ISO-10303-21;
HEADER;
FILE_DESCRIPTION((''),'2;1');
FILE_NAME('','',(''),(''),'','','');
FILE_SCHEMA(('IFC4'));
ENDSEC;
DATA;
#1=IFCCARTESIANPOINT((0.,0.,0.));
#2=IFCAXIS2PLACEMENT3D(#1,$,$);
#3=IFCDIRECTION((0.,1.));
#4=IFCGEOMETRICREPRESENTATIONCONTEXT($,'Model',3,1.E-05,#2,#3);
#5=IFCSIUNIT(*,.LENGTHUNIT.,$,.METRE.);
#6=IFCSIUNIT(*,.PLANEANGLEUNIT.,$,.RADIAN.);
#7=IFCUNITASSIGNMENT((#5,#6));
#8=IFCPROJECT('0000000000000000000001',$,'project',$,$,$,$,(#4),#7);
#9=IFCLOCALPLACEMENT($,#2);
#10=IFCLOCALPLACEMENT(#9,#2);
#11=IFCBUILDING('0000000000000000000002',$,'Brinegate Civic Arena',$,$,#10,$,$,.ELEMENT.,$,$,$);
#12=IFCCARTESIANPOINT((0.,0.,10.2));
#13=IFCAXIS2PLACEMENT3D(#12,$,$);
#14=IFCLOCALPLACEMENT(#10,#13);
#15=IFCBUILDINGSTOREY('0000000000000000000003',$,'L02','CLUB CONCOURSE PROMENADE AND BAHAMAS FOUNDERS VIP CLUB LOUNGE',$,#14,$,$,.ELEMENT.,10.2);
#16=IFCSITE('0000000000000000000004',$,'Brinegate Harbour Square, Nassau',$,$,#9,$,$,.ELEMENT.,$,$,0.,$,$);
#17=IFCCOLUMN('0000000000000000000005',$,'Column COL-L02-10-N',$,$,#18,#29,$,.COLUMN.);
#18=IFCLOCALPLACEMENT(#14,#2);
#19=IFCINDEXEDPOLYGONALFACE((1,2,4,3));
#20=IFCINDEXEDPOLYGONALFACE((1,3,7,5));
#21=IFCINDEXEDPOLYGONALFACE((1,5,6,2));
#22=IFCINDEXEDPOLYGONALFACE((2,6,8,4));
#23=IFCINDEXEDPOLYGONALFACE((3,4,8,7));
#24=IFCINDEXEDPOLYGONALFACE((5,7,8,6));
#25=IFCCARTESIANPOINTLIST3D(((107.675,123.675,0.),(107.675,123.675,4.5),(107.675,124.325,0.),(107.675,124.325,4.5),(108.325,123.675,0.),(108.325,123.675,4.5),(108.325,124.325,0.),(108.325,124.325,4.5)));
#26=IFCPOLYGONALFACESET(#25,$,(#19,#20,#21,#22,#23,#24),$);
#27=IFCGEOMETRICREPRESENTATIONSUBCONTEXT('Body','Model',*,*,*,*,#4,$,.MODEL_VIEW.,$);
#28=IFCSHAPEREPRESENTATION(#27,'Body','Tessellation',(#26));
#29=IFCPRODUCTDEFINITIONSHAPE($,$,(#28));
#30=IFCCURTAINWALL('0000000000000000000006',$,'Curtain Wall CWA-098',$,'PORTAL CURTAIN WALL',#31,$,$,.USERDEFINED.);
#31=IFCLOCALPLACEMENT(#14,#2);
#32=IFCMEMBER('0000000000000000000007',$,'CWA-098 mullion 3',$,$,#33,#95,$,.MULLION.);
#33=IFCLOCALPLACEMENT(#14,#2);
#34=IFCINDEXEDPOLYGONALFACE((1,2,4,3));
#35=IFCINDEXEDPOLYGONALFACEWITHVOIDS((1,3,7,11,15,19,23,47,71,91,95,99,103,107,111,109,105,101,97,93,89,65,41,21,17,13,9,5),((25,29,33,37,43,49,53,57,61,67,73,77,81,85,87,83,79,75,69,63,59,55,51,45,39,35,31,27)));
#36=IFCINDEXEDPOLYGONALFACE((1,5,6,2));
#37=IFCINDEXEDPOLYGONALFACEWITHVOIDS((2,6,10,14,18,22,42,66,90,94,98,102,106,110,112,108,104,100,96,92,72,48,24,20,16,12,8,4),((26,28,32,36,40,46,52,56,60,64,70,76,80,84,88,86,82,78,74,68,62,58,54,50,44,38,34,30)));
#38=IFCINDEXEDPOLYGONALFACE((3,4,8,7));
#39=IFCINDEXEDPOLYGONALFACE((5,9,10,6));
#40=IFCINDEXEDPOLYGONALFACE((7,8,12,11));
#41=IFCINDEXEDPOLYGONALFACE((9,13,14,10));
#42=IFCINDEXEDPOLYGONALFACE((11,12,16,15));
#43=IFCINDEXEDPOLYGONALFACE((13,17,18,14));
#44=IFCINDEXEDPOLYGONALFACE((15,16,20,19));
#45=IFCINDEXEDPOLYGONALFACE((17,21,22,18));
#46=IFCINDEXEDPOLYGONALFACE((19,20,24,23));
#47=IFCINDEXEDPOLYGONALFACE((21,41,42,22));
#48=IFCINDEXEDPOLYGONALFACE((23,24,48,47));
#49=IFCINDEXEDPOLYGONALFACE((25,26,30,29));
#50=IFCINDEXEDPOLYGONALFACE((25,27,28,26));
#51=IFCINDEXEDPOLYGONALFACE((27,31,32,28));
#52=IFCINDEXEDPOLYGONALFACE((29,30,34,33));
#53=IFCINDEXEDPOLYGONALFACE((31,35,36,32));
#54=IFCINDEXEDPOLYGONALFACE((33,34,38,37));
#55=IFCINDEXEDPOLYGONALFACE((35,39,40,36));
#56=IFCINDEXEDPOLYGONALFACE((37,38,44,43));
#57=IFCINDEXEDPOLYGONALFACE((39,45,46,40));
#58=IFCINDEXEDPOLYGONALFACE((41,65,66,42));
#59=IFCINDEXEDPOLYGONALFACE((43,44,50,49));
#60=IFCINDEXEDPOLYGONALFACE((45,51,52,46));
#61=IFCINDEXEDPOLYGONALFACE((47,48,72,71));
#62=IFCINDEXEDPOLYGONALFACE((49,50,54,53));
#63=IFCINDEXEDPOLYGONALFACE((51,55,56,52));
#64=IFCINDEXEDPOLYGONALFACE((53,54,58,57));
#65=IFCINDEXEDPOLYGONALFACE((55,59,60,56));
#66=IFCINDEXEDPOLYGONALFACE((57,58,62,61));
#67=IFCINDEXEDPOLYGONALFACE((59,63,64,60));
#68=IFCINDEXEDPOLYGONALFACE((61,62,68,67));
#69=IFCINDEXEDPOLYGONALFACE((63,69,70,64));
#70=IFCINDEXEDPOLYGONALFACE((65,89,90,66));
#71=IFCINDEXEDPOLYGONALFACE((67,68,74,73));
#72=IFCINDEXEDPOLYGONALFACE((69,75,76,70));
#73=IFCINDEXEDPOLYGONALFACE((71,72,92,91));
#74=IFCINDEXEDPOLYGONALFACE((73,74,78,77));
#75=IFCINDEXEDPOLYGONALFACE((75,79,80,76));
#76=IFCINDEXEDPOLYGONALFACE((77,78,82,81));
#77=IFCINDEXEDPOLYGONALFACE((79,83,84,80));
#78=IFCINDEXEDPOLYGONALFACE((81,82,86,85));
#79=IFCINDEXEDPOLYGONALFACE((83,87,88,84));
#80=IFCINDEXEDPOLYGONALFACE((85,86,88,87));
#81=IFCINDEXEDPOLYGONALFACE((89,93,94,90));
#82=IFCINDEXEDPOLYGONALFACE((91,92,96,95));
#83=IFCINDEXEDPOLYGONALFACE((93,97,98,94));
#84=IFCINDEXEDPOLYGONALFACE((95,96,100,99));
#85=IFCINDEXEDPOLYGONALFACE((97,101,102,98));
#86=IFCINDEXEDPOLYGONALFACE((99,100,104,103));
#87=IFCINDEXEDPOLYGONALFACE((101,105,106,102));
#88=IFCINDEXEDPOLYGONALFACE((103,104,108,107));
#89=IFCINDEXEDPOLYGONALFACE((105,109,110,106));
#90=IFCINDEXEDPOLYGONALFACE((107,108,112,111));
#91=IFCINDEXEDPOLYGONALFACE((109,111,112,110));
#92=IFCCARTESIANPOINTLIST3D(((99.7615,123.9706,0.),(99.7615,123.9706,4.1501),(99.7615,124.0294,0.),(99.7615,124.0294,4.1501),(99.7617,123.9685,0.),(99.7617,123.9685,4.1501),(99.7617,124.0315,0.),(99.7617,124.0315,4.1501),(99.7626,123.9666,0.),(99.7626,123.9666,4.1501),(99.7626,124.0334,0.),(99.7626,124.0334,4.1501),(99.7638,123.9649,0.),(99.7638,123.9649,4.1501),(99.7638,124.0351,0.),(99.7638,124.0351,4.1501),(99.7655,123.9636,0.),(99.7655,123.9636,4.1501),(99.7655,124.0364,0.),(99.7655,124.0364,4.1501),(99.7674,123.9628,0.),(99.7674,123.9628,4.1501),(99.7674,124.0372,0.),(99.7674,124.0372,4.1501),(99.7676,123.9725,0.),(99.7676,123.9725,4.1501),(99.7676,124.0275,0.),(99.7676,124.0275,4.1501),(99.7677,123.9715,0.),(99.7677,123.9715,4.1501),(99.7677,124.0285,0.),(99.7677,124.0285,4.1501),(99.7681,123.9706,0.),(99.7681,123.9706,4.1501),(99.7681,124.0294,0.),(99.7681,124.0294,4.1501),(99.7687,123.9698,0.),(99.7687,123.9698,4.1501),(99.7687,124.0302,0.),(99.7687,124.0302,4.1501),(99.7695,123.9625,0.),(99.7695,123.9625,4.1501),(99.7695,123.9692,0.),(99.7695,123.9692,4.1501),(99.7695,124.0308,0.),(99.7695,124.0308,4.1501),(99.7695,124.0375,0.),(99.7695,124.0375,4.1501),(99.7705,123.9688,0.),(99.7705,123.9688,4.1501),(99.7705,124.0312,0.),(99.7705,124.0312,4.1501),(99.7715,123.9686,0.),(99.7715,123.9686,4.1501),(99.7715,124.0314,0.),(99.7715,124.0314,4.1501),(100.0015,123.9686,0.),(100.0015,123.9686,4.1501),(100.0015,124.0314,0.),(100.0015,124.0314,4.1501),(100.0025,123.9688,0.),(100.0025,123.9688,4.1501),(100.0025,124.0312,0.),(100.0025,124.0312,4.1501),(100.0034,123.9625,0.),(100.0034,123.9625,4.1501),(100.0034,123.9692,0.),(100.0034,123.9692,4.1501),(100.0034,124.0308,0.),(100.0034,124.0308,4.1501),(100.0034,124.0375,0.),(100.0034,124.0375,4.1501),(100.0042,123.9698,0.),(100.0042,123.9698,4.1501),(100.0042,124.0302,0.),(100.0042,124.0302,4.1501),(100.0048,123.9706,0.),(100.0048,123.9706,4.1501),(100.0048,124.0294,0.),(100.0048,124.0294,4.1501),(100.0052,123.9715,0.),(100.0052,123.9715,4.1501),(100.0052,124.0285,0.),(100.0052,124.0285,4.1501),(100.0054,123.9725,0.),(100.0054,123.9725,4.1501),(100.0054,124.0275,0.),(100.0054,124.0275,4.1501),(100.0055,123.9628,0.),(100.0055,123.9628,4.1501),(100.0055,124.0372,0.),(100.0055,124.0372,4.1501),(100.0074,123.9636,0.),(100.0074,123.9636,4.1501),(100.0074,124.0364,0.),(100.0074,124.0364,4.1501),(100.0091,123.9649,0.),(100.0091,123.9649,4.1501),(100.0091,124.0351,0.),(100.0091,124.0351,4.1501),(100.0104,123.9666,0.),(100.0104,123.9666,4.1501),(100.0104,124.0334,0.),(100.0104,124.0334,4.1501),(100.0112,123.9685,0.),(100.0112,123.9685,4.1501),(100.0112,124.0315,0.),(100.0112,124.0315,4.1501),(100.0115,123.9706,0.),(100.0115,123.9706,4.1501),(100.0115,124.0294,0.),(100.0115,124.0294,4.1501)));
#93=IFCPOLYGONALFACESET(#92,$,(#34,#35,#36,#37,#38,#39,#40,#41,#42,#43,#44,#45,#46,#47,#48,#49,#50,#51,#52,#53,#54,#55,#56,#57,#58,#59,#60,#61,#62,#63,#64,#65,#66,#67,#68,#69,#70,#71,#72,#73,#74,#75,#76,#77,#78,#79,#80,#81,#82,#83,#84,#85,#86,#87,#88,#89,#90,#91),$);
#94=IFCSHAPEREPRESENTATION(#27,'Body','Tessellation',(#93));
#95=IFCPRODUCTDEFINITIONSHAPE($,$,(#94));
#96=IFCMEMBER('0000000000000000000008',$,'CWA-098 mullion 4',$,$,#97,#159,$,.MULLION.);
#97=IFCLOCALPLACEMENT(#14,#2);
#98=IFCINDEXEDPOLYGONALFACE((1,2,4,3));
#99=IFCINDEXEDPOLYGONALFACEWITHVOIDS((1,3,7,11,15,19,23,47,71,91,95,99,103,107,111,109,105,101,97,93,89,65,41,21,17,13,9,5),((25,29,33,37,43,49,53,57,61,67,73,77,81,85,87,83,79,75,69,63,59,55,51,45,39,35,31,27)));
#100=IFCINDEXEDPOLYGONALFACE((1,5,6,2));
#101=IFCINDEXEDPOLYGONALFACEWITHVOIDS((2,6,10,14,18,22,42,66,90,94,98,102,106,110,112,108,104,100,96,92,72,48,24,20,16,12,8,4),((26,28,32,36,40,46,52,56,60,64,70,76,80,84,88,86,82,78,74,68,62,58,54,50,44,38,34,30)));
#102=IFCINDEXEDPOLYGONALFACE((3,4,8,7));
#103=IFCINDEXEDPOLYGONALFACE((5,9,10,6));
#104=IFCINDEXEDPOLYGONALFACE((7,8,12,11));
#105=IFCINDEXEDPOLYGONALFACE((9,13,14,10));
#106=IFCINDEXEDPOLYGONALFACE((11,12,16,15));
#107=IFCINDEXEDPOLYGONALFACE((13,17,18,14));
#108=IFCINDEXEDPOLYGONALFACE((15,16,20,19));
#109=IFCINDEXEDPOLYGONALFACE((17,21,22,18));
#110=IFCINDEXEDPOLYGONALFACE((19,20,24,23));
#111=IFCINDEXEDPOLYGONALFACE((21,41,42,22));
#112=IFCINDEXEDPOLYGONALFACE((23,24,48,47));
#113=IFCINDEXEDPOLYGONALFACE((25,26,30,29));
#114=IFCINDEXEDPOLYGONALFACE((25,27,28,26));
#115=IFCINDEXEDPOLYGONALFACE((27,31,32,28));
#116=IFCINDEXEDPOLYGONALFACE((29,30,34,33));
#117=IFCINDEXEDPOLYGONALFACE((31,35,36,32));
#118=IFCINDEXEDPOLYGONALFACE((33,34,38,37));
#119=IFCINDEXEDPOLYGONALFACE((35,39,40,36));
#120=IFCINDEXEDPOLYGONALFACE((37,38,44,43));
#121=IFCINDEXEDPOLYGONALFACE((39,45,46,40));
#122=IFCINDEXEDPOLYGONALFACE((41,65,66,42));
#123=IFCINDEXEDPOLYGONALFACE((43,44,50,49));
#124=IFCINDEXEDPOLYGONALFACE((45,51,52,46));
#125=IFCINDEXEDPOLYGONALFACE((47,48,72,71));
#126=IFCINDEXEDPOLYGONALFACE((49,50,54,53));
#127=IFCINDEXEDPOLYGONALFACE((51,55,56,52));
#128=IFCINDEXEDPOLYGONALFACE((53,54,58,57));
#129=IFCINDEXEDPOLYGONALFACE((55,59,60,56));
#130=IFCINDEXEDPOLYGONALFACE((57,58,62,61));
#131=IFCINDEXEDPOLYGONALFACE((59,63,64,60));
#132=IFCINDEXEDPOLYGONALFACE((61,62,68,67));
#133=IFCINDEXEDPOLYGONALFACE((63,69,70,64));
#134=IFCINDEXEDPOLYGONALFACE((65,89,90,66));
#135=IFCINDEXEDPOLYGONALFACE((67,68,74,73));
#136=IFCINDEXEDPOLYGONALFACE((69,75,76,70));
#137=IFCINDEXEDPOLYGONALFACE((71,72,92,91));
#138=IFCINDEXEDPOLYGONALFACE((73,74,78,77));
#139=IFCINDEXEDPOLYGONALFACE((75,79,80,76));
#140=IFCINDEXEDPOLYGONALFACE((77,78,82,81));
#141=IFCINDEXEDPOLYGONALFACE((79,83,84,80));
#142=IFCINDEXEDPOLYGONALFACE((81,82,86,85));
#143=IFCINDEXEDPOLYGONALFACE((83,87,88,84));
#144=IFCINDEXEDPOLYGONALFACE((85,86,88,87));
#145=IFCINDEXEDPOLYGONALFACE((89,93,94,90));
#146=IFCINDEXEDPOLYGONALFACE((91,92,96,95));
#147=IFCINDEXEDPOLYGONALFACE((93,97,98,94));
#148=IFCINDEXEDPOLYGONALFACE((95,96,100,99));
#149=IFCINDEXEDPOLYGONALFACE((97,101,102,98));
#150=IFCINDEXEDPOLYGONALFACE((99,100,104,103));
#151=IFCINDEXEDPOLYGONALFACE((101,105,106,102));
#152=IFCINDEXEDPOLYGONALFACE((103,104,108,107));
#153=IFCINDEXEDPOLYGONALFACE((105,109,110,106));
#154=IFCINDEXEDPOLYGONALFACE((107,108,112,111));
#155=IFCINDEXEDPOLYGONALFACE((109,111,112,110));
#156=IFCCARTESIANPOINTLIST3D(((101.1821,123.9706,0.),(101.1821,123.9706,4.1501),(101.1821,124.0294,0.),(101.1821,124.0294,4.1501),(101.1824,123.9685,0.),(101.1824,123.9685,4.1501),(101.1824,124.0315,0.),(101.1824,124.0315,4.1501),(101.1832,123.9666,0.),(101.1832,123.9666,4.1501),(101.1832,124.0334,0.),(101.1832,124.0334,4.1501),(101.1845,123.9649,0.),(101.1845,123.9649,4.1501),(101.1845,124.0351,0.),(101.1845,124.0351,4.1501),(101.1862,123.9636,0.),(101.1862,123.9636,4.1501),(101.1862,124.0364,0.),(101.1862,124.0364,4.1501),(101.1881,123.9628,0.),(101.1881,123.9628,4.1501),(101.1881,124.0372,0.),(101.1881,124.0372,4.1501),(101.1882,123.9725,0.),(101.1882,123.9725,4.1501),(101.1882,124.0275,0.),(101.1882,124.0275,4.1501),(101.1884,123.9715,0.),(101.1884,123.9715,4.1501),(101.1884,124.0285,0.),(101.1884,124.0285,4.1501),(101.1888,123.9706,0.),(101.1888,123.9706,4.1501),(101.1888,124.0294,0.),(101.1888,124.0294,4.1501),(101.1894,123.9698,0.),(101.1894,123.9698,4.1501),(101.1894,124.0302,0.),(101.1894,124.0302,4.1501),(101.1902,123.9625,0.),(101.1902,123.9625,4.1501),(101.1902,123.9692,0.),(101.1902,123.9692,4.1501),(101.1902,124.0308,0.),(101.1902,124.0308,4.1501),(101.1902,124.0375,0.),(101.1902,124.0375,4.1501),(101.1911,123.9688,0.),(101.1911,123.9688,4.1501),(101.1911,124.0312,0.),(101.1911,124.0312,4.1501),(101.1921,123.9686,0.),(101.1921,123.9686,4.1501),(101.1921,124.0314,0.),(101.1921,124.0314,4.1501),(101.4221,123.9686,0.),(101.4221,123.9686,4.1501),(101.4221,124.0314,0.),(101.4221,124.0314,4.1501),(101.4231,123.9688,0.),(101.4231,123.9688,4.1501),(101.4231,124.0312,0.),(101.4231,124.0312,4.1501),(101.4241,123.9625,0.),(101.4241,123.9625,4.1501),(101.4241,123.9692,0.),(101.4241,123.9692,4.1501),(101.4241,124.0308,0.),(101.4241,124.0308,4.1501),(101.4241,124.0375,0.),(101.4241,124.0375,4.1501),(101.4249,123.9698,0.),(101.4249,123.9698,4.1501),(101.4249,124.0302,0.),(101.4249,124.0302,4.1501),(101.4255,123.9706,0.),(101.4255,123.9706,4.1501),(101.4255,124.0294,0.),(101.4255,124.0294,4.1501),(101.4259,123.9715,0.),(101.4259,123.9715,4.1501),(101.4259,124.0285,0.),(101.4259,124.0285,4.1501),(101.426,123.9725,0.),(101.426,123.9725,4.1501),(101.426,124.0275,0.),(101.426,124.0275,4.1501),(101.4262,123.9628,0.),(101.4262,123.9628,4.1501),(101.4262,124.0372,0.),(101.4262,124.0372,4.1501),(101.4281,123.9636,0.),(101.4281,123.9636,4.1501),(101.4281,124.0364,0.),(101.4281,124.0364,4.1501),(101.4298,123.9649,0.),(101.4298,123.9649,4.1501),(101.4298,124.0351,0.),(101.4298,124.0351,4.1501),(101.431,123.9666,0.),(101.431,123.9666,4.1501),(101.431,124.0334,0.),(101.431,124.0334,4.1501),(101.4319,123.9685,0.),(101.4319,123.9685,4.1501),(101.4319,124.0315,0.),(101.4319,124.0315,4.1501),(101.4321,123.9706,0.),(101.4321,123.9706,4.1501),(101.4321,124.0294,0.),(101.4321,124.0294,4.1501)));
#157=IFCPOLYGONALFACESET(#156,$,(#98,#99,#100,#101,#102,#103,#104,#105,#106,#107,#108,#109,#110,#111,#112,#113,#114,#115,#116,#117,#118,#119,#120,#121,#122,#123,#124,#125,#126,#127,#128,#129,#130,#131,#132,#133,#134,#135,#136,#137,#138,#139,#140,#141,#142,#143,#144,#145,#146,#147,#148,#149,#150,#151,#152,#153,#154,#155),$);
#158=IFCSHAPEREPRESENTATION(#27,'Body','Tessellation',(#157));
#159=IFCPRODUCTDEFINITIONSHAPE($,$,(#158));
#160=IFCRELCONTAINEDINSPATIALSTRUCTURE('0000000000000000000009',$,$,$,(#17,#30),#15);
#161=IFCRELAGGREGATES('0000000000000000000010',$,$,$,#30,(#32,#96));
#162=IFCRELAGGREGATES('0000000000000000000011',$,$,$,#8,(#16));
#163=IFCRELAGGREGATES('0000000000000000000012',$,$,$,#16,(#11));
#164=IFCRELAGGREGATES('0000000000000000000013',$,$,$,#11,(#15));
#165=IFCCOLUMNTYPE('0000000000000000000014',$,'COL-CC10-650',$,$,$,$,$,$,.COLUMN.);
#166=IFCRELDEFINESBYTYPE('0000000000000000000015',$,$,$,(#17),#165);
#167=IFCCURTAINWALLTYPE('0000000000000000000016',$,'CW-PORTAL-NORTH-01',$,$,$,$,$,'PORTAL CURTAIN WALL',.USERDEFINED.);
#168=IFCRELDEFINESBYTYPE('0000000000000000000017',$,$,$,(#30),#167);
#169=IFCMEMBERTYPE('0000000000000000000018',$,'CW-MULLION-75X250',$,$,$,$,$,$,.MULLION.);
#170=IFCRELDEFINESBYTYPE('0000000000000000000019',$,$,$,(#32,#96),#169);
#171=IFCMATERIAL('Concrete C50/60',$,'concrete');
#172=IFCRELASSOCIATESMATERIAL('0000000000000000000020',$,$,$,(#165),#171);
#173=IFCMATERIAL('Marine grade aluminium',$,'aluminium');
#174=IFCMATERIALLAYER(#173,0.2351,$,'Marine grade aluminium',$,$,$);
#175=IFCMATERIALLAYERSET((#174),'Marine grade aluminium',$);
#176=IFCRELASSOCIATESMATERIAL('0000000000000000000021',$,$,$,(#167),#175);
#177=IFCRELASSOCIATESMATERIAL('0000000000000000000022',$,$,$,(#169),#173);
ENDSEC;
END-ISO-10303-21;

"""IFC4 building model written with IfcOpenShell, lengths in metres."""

from ifc_helpers import new_model, si_unit, direction, frame, origin, origin_2d, place, context, subcontext, project, spatial, rectangle, hollow_rectangle, extrude, material, layer, layer_set, material_profile, profile_set, type_object, element, aggregate, save


model = new_model("IFC4")

# Units and contexts
model_context = context("Model", 3, precision=1e-05, world=origin(), true_north=direction((0.0, 1.0)))
body_context = subcontext(model_context, "Body", "Model", "MODEL_VIEW")
ifc_project = project(units=[si_unit("LENGTHUNIT", "METRE"), si_unit("PLANEANGLEUNIT", "RADIAN")], contexts=[model_context])

# Site, building, storey
site_placement = place(None, origin())
site = spatial("IfcSite", under=ifc_project, at=site_placement, Name="Brinegate Harbour Square, Nassau", CompositionType="ELEMENT", RefElevation=0.0)
building_placement = place(site_placement, origin())
building = spatial("IfcBuilding", under=site, at=building_placement, Name="Brinegate Civic Arena", CompositionType="ELEMENT")
storey_placement = place(building_placement, frame((0.0, 0.0, 10.2)))
storey = spatial("IfcBuildingStorey", under=building, at=storey_placement, Name="L02", Description="CLUB CONCOURSE PROMENADE AND BAHAMAS FOUNDERS VIP CLUB LOUNGE", CompositionType="ELEMENT", Elevation=10.2)

# Column
ifc_material_1 = material(Name="Concrete C50/60", Category="concrete")
ifc_material_profile_1 = material_profile(ifc_material_1, rectangle(XDim=0.6499, YDim=0.6499, at=origin_2d()), Name="RC650X650")
ifc_profile_set_1 = profile_set([ifc_material_profile_1], Name="Concrete C50/60")
column_type = type_object("IfcColumnType", Name="COL-CC10-650", PredefinedType="COLUMN", material=ifc_profile_set_1)
column_placement = place(storey_placement, frame((108.0, 124.0, 0.0), z_axis=(0.0, 0.0, 1.0), x_axis=(1.0, 0.0, 0.0)))
element("IfcColumn", 1, at=column_placement, inside=storey, type_object=column_type, Name="Column COL-L02-10-N", PredefinedType="COLUMN", context=body_context, shape_type="SweptSolid", body=[
    extrude(rectangle(XDim=0.6499, YDim=0.6499, at=origin_2d()), origin(), (0.0, 0.0, 1.0), 4.5),
])

# Curtain wall, members
ifc_material_2 = material(Name="Marine grade aluminium", Category="aluminium")
ifc_layer_1 = layer(ifc_material_2, 0.2351, Name="Marine grade aluminium")
ifc_layer_set_1 = layer_set([ifc_layer_1], Name="Marine grade aluminium")
curtain_wall_type = type_object("IfcCurtainWallType", Name="CW-PORTAL-NORTH-01", ElementType="PORTAL CURTAIN WALL", PredefinedType="USERDEFINED", material=ifc_layer_set_1)
curtain_wall_placement = place(storey_placement, origin())
curtain_wall = element("IfcCurtainWall", 2, at=curtain_wall_placement, inside=storey, type_object=curtain_wall_type, Name="Curtain Wall CWA-098", ObjectType="PORTAL CURTAIN WALL", PredefinedType="USERDEFINED")
ifc_material_profile_2 = material_profile(ifc_material_2, hollow_rectangle(XDim=0.075, YDim=0.25, WallThickness=0.0061, InnerFilletRadius=0.0039, OuterFilletRadius=0.0081, at=origin_2d()), Name="MUL75X250")
ifc_profile_set_2 = profile_set([ifc_material_profile_2], Name="Marine grade aluminium")
member_type_1 = type_object("IfcMemberType", Name="CW-MULLION-75X250", PredefinedType="MULLION", material=ifc_profile_set_2)
member_1_placement = place(storey_placement, frame((99.8865, 124.0, 0.0), z_axis=(0.0, 0.0, 1.0), x_axis=(0.0, 1.0, 0.0)))
member_1 = element("IfcMember", 3, at=member_1_placement, type_object=member_type_1, Name="CWA-098 mullion 3", PredefinedType="MULLION", context=body_context, shape_type="SweptSolid", body=[
    extrude(hollow_rectangle(XDim=0.075, YDim=0.25, WallThickness=0.0061, InnerFilletRadius=0.0039, OuterFilletRadius=0.0081, at=origin_2d()), origin(), (0.0, 0.0, 1.0), 4.1501),
])
member_2_placement = place(storey_placement, frame((101.3071, 124.0, 0.0), z_axis=(0.0, 0.0, 1.0), x_axis=(0.0, 1.0, 0.0)))
member_2 = element("IfcMember", 4, at=member_2_placement, type_object=member_type_1, Name="CWA-098 mullion 4", PredefinedType="MULLION", context=body_context, shape_type="SweptSolid", body=[
    extrude(hollow_rectangle(XDim=0.075, YDim=0.25, WallThickness=0.0061, InnerFilletRadius=0.0039, OuterFilletRadius=0.0081, at=origin_2d()), origin(), (0.0, 0.0, 1.0), 4.1501),
])

aggregate(curtain_wall, [member_1, member_2])

save(model, "model.ifc")
